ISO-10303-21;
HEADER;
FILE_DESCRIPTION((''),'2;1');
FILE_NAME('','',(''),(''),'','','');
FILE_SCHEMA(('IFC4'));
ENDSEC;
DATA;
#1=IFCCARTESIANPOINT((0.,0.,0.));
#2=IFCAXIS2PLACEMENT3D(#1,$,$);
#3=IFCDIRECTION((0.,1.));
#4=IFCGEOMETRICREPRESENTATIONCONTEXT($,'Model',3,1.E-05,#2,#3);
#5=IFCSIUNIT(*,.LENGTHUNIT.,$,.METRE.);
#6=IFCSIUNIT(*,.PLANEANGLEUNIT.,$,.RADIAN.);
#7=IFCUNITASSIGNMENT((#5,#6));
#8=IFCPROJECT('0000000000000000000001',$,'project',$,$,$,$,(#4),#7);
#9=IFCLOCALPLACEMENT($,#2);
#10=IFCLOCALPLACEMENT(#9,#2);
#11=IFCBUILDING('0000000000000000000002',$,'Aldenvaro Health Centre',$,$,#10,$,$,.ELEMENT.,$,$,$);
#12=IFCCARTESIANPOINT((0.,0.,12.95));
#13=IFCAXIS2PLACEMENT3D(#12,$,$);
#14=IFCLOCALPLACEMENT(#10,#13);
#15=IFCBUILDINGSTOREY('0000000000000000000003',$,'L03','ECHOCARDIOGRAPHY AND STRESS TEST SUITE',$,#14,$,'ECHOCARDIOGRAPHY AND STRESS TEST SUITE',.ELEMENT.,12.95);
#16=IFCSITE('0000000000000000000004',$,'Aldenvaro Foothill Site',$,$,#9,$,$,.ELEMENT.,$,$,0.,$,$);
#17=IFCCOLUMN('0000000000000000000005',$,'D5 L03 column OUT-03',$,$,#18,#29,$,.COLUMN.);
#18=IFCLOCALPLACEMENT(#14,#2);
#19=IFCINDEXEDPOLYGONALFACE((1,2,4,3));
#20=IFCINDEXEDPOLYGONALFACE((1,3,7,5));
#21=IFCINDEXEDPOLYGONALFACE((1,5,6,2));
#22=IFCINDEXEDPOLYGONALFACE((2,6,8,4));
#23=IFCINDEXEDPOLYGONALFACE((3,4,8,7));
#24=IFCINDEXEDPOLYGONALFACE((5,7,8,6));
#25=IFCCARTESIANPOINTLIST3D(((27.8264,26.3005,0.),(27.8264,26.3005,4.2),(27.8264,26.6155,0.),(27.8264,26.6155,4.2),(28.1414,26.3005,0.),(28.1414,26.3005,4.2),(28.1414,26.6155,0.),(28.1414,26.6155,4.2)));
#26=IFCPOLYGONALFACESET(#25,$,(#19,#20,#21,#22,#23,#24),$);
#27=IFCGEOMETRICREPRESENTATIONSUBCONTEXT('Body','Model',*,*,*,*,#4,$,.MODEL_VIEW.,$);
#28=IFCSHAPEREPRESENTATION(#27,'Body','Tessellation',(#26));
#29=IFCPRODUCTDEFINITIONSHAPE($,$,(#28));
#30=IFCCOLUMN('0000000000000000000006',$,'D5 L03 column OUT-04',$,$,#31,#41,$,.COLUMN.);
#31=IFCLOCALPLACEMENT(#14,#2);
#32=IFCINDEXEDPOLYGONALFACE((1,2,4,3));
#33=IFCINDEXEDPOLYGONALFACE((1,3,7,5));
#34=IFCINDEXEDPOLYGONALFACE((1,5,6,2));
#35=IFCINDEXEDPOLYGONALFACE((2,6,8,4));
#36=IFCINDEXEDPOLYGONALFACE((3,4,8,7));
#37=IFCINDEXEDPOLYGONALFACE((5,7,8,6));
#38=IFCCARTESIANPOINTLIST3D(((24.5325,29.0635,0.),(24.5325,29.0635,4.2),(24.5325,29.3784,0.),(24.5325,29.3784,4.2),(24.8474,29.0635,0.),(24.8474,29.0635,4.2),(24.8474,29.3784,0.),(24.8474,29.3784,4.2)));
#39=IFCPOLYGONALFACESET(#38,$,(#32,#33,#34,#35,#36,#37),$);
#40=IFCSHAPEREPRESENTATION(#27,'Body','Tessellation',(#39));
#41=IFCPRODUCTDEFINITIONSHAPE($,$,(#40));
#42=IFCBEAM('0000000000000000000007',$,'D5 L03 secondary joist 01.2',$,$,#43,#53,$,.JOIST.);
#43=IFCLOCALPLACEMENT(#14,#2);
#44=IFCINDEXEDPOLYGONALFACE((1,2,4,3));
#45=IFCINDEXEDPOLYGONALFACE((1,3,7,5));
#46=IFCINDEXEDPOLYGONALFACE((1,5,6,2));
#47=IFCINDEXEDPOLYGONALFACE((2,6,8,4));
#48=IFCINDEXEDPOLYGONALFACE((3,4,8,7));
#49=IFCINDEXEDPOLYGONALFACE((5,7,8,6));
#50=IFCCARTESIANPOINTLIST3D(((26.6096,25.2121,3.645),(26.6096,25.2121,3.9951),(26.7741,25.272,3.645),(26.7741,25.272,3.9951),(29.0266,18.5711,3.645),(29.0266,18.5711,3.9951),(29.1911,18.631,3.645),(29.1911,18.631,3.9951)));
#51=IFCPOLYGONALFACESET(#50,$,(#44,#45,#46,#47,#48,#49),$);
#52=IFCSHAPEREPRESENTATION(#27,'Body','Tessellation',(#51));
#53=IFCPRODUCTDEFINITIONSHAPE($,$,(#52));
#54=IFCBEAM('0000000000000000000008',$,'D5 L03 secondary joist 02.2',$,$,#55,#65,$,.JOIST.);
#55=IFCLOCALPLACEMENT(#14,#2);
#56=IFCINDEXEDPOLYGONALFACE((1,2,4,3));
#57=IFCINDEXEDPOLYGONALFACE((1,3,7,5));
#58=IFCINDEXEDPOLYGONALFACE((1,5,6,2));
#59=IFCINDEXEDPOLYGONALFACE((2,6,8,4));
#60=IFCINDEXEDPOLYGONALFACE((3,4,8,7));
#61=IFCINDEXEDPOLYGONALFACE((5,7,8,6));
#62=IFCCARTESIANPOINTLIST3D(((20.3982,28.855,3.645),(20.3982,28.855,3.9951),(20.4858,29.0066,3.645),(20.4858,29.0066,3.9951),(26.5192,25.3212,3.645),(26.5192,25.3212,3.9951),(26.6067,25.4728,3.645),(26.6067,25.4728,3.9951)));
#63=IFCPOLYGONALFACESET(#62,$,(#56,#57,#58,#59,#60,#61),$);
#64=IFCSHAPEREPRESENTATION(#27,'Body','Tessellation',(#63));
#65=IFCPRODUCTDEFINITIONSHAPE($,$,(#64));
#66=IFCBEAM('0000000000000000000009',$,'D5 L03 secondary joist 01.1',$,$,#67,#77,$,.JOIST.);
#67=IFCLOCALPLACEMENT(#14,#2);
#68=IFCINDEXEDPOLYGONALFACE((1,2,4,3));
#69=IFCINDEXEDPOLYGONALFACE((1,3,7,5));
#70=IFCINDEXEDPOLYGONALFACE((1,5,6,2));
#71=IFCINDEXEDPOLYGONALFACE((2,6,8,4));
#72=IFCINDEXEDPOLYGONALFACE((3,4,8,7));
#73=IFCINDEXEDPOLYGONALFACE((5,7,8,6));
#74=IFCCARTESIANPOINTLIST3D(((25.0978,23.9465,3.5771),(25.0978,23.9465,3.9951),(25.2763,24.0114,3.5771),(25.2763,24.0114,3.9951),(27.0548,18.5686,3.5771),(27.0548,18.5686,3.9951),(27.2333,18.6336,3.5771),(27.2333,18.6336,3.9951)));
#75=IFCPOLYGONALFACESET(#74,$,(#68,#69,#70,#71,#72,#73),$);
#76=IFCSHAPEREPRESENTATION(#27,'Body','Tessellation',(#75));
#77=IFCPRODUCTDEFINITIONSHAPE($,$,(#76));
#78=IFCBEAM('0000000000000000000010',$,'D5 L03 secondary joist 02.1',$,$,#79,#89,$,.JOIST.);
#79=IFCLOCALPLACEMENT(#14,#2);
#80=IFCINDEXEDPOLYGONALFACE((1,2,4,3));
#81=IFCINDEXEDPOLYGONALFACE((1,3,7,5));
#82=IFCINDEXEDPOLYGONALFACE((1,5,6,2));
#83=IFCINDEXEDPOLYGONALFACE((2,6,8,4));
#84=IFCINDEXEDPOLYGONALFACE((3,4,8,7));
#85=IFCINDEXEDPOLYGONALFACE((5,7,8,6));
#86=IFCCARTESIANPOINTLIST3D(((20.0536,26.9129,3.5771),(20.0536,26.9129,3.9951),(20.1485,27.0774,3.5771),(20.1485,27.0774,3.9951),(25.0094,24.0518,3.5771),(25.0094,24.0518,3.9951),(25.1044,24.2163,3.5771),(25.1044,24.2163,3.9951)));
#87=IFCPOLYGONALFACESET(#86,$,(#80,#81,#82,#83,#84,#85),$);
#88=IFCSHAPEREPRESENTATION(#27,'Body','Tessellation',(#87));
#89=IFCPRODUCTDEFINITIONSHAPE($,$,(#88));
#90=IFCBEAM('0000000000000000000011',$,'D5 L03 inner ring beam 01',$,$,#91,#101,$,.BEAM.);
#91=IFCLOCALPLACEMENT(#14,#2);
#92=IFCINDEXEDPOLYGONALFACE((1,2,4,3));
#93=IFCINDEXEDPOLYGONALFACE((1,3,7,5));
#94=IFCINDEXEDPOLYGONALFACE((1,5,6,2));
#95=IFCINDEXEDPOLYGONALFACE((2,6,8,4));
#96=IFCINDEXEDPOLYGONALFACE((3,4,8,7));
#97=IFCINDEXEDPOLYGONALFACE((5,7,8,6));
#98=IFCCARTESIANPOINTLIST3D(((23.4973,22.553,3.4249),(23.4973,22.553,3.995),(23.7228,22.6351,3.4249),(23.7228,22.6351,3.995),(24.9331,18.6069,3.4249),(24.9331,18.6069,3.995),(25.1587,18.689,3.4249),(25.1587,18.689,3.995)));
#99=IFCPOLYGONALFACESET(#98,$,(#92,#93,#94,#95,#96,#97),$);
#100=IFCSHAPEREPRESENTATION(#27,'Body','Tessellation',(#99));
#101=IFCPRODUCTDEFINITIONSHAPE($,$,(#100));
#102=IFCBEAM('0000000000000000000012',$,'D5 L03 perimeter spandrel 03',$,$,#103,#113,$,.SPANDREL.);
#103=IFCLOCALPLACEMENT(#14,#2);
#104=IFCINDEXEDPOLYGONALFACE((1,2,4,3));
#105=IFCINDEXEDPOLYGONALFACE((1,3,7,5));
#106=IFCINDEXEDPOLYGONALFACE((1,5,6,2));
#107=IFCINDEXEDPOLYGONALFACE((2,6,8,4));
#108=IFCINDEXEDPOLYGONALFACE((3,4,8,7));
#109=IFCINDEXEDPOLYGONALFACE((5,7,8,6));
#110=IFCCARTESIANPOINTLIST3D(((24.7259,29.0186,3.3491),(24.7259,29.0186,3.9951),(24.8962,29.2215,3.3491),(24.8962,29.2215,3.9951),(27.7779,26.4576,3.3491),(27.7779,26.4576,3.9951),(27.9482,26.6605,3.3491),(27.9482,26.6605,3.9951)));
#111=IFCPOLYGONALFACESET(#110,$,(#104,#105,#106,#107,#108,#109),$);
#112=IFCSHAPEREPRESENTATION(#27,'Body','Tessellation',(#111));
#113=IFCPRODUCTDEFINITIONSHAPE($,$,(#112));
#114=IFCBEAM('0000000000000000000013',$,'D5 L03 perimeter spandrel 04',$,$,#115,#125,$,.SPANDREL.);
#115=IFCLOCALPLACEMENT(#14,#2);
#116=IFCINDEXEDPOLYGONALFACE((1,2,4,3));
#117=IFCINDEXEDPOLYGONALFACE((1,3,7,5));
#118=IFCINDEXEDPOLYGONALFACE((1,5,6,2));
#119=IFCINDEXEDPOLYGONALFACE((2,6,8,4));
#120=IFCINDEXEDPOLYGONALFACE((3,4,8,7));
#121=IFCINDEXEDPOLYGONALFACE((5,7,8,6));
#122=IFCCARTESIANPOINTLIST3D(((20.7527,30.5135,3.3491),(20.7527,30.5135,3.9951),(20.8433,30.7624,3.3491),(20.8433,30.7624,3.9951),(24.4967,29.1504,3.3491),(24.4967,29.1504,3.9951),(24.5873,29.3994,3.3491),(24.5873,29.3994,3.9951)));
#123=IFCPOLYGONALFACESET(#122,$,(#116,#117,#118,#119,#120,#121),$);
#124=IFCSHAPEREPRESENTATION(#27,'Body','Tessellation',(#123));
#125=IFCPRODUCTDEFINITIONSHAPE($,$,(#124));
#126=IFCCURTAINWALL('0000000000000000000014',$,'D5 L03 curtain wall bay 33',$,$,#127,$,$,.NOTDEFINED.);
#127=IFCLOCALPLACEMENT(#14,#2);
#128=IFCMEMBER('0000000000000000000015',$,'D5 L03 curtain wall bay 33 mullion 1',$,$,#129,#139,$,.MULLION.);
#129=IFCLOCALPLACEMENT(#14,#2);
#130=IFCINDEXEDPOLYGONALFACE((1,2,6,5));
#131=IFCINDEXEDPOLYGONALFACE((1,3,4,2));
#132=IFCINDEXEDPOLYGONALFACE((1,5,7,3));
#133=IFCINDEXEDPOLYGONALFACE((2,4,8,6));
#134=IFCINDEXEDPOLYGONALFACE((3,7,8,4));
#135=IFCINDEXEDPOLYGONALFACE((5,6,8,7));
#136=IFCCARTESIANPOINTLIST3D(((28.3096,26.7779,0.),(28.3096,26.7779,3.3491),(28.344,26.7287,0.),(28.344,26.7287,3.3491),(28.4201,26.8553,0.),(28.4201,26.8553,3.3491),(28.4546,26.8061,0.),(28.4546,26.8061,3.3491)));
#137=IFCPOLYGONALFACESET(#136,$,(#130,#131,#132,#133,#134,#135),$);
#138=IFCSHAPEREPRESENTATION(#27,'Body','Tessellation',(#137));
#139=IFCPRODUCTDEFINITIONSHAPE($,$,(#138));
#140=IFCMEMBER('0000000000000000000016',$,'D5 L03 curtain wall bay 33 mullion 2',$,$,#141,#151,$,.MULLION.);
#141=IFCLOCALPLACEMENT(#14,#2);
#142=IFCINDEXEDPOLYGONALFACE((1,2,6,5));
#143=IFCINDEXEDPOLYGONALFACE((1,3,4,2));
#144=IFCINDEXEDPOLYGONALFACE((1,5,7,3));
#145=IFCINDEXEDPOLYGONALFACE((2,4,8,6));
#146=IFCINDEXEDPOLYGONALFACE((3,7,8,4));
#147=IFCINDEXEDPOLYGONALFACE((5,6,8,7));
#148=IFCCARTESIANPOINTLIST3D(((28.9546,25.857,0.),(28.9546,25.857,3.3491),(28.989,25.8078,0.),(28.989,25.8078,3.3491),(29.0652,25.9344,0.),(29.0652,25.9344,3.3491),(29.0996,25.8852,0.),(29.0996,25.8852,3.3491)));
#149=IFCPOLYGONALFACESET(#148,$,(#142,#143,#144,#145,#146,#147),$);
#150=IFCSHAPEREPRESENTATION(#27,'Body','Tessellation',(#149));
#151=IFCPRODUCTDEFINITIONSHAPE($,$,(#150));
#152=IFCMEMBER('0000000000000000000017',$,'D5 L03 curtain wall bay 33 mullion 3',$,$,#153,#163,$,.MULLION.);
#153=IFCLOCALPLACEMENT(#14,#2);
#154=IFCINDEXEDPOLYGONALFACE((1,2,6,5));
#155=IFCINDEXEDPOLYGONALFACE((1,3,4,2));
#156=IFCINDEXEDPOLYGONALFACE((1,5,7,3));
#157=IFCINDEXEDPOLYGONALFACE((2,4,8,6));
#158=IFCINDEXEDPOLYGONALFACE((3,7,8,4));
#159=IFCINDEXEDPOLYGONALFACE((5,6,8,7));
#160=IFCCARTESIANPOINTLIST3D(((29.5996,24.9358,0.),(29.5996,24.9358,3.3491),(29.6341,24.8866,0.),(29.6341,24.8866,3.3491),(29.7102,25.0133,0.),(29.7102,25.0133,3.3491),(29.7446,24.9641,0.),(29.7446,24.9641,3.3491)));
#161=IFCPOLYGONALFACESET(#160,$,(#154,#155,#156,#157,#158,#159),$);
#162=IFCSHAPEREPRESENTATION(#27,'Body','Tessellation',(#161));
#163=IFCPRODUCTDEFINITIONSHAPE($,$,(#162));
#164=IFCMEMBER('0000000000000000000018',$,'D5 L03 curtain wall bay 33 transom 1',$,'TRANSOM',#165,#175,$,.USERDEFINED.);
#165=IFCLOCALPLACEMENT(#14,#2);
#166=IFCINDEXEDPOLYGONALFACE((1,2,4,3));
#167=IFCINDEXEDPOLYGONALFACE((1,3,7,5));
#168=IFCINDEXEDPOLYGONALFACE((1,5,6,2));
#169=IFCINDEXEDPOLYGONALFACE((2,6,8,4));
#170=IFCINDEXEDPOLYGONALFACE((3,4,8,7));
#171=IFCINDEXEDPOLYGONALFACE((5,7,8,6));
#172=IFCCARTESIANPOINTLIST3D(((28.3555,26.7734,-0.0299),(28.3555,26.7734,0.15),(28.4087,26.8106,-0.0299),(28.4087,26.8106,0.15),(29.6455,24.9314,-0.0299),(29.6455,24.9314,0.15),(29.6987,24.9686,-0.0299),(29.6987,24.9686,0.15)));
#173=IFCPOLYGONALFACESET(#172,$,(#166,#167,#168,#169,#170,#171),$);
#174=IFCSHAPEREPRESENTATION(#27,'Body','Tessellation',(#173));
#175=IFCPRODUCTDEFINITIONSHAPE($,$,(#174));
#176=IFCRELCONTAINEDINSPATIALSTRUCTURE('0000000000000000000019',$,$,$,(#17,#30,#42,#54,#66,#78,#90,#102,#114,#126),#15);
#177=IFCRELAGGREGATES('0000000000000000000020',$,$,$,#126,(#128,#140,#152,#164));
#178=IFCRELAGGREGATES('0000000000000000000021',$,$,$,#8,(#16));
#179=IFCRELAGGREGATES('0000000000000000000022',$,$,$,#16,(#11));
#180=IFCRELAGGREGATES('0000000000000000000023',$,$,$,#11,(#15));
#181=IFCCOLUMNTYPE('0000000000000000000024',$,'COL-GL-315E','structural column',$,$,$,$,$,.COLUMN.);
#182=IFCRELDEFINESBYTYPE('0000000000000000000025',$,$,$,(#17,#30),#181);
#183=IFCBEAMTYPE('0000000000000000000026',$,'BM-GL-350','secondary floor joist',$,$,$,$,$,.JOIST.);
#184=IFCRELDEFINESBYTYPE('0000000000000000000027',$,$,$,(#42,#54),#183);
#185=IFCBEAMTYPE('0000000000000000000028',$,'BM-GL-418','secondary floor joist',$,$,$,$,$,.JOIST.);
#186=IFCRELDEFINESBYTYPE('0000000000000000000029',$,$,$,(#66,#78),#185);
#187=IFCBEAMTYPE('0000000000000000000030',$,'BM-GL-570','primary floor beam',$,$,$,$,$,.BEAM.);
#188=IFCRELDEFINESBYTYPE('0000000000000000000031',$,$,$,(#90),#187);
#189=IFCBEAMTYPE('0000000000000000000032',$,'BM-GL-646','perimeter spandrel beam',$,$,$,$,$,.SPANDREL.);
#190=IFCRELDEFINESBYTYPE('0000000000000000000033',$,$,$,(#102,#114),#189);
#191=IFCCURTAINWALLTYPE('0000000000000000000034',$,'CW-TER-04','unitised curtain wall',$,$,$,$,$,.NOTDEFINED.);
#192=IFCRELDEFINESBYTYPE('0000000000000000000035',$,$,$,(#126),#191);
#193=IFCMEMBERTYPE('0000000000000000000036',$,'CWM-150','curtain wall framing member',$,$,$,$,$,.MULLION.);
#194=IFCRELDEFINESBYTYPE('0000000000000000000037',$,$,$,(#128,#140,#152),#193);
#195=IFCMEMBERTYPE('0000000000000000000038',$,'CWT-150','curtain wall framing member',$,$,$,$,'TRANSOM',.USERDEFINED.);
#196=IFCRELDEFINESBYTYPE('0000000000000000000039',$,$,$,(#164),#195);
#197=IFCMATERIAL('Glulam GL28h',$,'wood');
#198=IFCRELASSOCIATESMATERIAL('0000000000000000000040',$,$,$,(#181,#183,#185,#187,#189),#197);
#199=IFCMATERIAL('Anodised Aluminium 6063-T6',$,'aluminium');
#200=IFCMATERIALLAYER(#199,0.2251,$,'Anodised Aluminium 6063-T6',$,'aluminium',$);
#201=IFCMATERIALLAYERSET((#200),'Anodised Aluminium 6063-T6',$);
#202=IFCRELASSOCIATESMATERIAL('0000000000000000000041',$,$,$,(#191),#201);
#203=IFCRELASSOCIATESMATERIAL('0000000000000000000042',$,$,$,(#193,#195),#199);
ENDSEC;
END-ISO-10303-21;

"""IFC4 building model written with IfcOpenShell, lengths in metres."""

from ifc_helpers import new_model, si_unit, direction, frame, origin, origin_2d, place, context, subcontext, project, spatial, rectangle, extrude, material, layer, layer_set, material_profile, profile_set, type_object, element, aggregate, save


model = new_model("IFC4")

# Units and contexts
model_context = context("Model", 3, precision=1e-05, world=origin(), true_north=direction((0.0, 1.0)))
body_context = subcontext(model_context, "Body", "Model", "MODEL_VIEW")
ifc_project = project(units=[si_unit("LENGTHUNIT", "METRE"), si_unit("PLANEANGLEUNIT", "RADIAN")], contexts=[model_context])

# Site, building, storey
site_placement = place(None, origin())
site = spatial("IfcSite", under=ifc_project, at=site_placement, Name="Aldenvaro Foothill Site", CompositionType="ELEMENT", RefElevation=0.0)
building_placement = place(site_placement, origin())
building = spatial("IfcBuilding", under=site, at=building_placement, Name="Aldenvaro Health Centre", CompositionType="ELEMENT")
storey_placement = place(building_placement, frame((0.0, 0.0, 12.95)))
storey = spatial("IfcBuildingStorey", under=building, at=storey_placement, Name="L03", Description="ECHOCARDIOGRAPHY AND STRESS TEST SUITE", LongName="ECHOCARDIOGRAPHY AND STRESS TEST SUITE", CompositionType="ELEMENT", Elevation=12.95)

# Columns
ifc_material_1 = material(Name="Glulam GL28h", Category="wood")
ifc_material_profile_1 = material_profile(ifc_material_1, rectangle(XDim=0.3149, YDim=0.3149, at=origin_2d()), Name="GL 315x315", Category="wood")
ifc_profile_set_1 = profile_set([ifc_material_profile_1], Name="Glulam GL28h")
column_type = type_object("IfcColumnType", Name="COL-GL-315E", Description="structural column", PredefinedType="COLUMN", material=ifc_profile_set_1)
for number, where, z_axis, x_axis, name in (
    (1, (27.9839, 26.458, 0.0), (0.0, 0.0, 1.0), (1.0, 0.0, 0.0), "D5 L03 column OUT-03"),
    (2, (24.6899, 29.2209, 0.0), (0.0, 0.0, 1.0), (1.0, 0.0, 0.0), "D5 L03 column OUT-04"),
):
    element("IfcColumn", number, at=place(storey_placement, frame(where, z_axis=z_axis, x_axis=x_axis)), inside=storey, type_object=column_type, Name=name, PredefinedType="COLUMN", context=body_context, shape_type="SweptSolid", body=[
        extrude(rectangle(XDim=0.3149, YDim=0.3149, at=origin_2d()), origin(), (0.0, 0.0, 1.0), 4.2),
    ])

# Beams
ifc_material_profile_2 = material_profile(ifc_material_1, rectangle(XDim=0.175, YDim=0.3501, at=origin_2d()), Name="GL 175x350", Category="wood")
ifc_profile_set_2 = profile_set([ifc_material_profile_2], Name="Glulam GL28h")
beam_type_1 = type_object("IfcBeamType", Name="BM-GL-350", Description="secondary floor joist", PredefinedType="JOIST", material=ifc_profile_set_2)
beam_1_placement = place(storey_placement, frame((29.1089, 18.6011, 3.8201), z_axis=(-0.342009, 0.939697, 0.0), x_axis=(-0.939697, -0.342009, 0.0)))
element("IfcBeam", 3, at=beam_1_placement, inside=storey, type_object=beam_type_1, Name="D5 L03 secondary joist 01.2", PredefinedType="JOIST", context=body_context, shape_type="SweptSolid", body=[
    extrude(rectangle(XDim=0.175, YDim=0.3501, at=origin_2d()), origin(), (0.0, 0.0, 1.0), 7.0671),
])
beam_2_placement = place(storey_placement, frame((26.563, 25.397, 3.8201), z_axis=(-0.86603, 0.499992, 0.0), x_axis=(-0.499992, -0.86603, 0.0)))
element("IfcBeam", 4, at=beam_2_placement, inside=storey, type_object=beam_type_1, Name="D5 L03 secondary joist 02.2", PredefinedType="JOIST", context=body_context, shape_type="SweptSolid", body=[
    extrude(rectangle(XDim=0.175, YDim=0.3501, at=origin_2d()), origin(), (0.0, 0.0, 1.0), 7.0679),
])
ifc_material_profile_3 = material_profile(ifc_material_1, rectangle(XDim=0.1899, YDim=0.418, at=origin_2d()), Name="GL 190x418", Category="wood")
ifc_profile_set_3 = profile_set([ifc_material_profile_3], Name="Glulam GL28h")
beam_type_2 = type_object("IfcBeamType", Name="BM-GL-418", Description="secondary floor joist", PredefinedType="JOIST", material=ifc_profile_set_3)
beam_3_placement = place(storey_placement, frame((27.144, 18.6011, 3.7861), z_axis=(-0.341962, 0.939714, 0.0), x_axis=(-0.939714, -0.341962, 0.0)))
element("IfcBeam", 5, at=beam_3_placement, inside=storey, type_object=beam_type_2, Name="D5 L03 secondary joist 01.1", PredefinedType="JOIST", context=body_context, shape_type="SweptSolid", body=[
    extrude(rectangle(XDim=0.1899, YDim=0.418, at=origin_2d()), origin(), (0.0, 0.0, 1.0), 5.7229),
])
beam_4_placement = place(storey_placement, frame((25.0569, 24.134, 3.7861), z_axis=(-0.866037, 0.49998, 0.0), x_axis=(-0.49998, -0.866037, 0.0)))
element("IfcBeam", 6, at=beam_4_placement, inside=storey, type_object=beam_type_2, Name="D5 L03 secondary joist 02.1", PredefinedType="JOIST", context=body_context, shape_type="SweptSolid", body=[
    extrude(rectangle(XDim=0.1899, YDim=0.418, at=origin_2d()), origin(), (0.0, 0.0, 1.0), 5.7224),
])
ifc_material_profile_4 = material_profile(ifc_material_1, rectangle(XDim=0.24, YDim=0.5701, at=origin_2d()), Name="GL 240x570", Category="wood")
ifc_profile_set_4 = profile_set([ifc_material_profile_4], Name="Glulam GL28h")
beam_type_3 = type_object("IfcBeamType", Name="BM-GL-570", Description="primary floor beam", PredefinedType="BEAM", material=ifc_profile_set_4)
beam_5_placement = place(storey_placement, frame((25.0459, 18.6479, 3.71), z_axis=(-0.341925, 0.939727, 0.0), x_axis=(-0.939727, -0.341925, 0.0)))
element("IfcBeam", 7, at=beam_5_placement, inside=storey, type_object=beam_type_3, Name="D5 L03 inner ring beam 01", PredefinedType="BEAM", context=body_context, shape_type="SweptSolid", body=[
    extrude(rectangle(XDim=0.24, YDim=0.5701, at=origin_2d()), origin(), (0.0, 0.0, 1.0), 4.1992),
])
ifc_material_profile_5 = material_profile(ifc_material_1, rectangle(XDim=0.2649, YDim=0.646, at=origin_2d()), Name="GL 265x646", Category="wood")
ifc_profile_set_5 = profile_set([ifc_material_profile_5], Name="Glulam GL28h")
beam_type_4 = type_object("IfcBeamType", Name="BM-GL-646", Description="perimeter spandrel beam", PredefinedType="SPANDREL", material=ifc_profile_set_5)
beam_6_placement = place(storey_placement, frame((27.863, 26.5591, 3.6721), z_axis=(-0.766032, 0.642803, 0.0), x_axis=(-0.642803, -0.766032, 0.0)))
element("IfcBeam", 8, at=beam_6_placement, inside=storey, type_object=beam_type_4, Name="D5 L03 perimeter spandrel 03", PredefinedType="SPANDREL", context=body_context, shape_type="SweptSolid", body=[
    extrude(rectangle(XDim=0.2649, YDim=0.646, at=origin_2d()), origin(), (0.0, 0.0, 1.0), 3.9841),
])
beam_7_placement = place(storey_placement, frame((24.542, 29.2749, 3.6721), z_axis=(-0.939663, 0.342102, 0.0), x_axis=(-0.342102, -0.939663, 0.0)))
element("IfcBeam", 9, at=beam_7_placement, inside=storey, type_object=beam_type_4, Name="D5 L03 perimeter spandrel 04", PredefinedType="SPANDREL", context=body_context, shape_type="SweptSolid", body=[
    extrude(rectangle(XDim=0.2649, YDim=0.646, at=origin_2d()), origin(), (0.0, 0.0, 1.0), 3.9844),
])

# Curtain wall, members
ifc_material_2 = material(Name="Anodised Aluminium 6063-T6", Category="aluminium")
ifc_layer_1 = layer(ifc_material_2, 0.2251, Name="Anodised Aluminium 6063-T6", Category="aluminium")
ifc_layer_set_1 = layer_set([ifc_layer_1], Name="Anodised Aluminium 6063-T6")
curtain_wall_type = type_object("IfcCurtainWallType", Name="CW-TER-04", Description="unitised curtain wall", PredefinedType="NOTDEFINED", material=ifc_layer_set_1)
curtain_wall_placement = place(storey_placement, origin())
curtain_wall = element("IfcCurtainWall", 10, at=curtain_wall_placement, inside=storey, type_object=curtain_wall_type, Name="D5 L03 curtain wall bay 33", PredefinedType="NOTDEFINED")
ifc_material_profile_6 = material_profile(ifc_material_2, rectangle(XDim=0.0601, YDim=0.135, at=origin_2d()), Name="ALU 60x135", Category="aluminium")
ifc_profile_set_6 = profile_set([ifc_material_profile_6], Name="Anodised Aluminium 6063-T6")
member_type_1 = type_object("IfcMemberType", Name="CWM-150", Description="curtain wall framing member", PredefinedType="MULLION", material=ifc_profile_set_6)
member_1_placement = place(storey_placement, frame((28.3821, 26.792, 0.0), z_axis=(0.0, 0.0, 1.0), x_axis=(0.573641, -0.819107, 0.0)))
member_1 = element("IfcMember", 11, at=member_1_placement, type_object=member_type_1, Name="D5 L03 curtain wall bay 33 mullion 1", PredefinedType="MULLION", context=body_context, shape_type="SweptSolid", body=[
    extrude(rectangle(XDim=0.0601, YDim=0.135, at=origin_2d()), origin(), (0.0, 0.0, 1.0), 3.3491),
])
member_2_placement = place(storey_placement, frame((29.0271, 25.8711, 0.0), z_axis=(0.0, 0.0, 1.0), x_axis=(0.573641, -0.819107, 0.0)))
member_2 = element("IfcMember", 12, at=member_2_placement, type_object=member_type_1, Name="D5 L03 curtain wall bay 33 mullion 2", PredefinedType="MULLION", context=body_context, shape_type="SweptSolid", body=[
    extrude(rectangle(XDim=0.0601, YDim=0.135, at=origin_2d()), origin(), (0.0, 0.0, 1.0), 3.3491),
])
member_3_placement = place(storey_placement, frame((29.6721, 24.95, 0.0), z_axis=(0.0, 0.0, 1.0), x_axis=(0.573641, -0.819107, 0.0)))
member_3 = element("IfcMember", 13, at=member_3_placement, type_object=member_type_1, Name="D5 L03 curtain wall bay 33 mullion 3", PredefinedType="MULLION", context=body_context, shape_type="SweptSolid", body=[
    extrude(rectangle(XDim=0.0601, YDim=0.135, at=origin_2d()), origin(), (0.0, 0.0, 1.0), 3.3491),
])
ifc_material_profile_7 = material_profile(ifc_material_2, rectangle(XDim=0.0649, YDim=0.1799, at=origin_2d()), Name="ALU 65x180", Category="aluminium")
ifc_profile_set_7 = profile_set([ifc_material_profile_7], Name="Anodised Aluminium 6063-T6")
member_type_2 = type_object("IfcMemberType", Name="CWT-150", Description="curtain wall framing member", ElementType="TRANSOM", PredefinedType="USERDEFINED", material=ifc_profile_set_7)
member_4_placement = place(storey_placement, frame((28.3821, 26.792, 0.0601), z_axis=(0.573644, -0.819104, 0.0), x_axis=(0.819104, 0.573644, 0.0)))
member_4 = element("IfcMember", 14, at=member_4_placement, type_object=member_type_2, Name="D5 L03 curtain wall bay 33 transom 1", ObjectType="TRANSOM", PredefinedType="USERDEFINED", context=body_context, shape_type="SweptSolid", body=[
    extrude(rectangle(XDim=0.0649, YDim=0.1799, at=origin_2d()), origin(), (0.0, 0.0, 1.0), 2.2488),
])
aggregate(curtain_wall, [member_1, member_2, member_3, member_4])

save(model, "model.ifc")
